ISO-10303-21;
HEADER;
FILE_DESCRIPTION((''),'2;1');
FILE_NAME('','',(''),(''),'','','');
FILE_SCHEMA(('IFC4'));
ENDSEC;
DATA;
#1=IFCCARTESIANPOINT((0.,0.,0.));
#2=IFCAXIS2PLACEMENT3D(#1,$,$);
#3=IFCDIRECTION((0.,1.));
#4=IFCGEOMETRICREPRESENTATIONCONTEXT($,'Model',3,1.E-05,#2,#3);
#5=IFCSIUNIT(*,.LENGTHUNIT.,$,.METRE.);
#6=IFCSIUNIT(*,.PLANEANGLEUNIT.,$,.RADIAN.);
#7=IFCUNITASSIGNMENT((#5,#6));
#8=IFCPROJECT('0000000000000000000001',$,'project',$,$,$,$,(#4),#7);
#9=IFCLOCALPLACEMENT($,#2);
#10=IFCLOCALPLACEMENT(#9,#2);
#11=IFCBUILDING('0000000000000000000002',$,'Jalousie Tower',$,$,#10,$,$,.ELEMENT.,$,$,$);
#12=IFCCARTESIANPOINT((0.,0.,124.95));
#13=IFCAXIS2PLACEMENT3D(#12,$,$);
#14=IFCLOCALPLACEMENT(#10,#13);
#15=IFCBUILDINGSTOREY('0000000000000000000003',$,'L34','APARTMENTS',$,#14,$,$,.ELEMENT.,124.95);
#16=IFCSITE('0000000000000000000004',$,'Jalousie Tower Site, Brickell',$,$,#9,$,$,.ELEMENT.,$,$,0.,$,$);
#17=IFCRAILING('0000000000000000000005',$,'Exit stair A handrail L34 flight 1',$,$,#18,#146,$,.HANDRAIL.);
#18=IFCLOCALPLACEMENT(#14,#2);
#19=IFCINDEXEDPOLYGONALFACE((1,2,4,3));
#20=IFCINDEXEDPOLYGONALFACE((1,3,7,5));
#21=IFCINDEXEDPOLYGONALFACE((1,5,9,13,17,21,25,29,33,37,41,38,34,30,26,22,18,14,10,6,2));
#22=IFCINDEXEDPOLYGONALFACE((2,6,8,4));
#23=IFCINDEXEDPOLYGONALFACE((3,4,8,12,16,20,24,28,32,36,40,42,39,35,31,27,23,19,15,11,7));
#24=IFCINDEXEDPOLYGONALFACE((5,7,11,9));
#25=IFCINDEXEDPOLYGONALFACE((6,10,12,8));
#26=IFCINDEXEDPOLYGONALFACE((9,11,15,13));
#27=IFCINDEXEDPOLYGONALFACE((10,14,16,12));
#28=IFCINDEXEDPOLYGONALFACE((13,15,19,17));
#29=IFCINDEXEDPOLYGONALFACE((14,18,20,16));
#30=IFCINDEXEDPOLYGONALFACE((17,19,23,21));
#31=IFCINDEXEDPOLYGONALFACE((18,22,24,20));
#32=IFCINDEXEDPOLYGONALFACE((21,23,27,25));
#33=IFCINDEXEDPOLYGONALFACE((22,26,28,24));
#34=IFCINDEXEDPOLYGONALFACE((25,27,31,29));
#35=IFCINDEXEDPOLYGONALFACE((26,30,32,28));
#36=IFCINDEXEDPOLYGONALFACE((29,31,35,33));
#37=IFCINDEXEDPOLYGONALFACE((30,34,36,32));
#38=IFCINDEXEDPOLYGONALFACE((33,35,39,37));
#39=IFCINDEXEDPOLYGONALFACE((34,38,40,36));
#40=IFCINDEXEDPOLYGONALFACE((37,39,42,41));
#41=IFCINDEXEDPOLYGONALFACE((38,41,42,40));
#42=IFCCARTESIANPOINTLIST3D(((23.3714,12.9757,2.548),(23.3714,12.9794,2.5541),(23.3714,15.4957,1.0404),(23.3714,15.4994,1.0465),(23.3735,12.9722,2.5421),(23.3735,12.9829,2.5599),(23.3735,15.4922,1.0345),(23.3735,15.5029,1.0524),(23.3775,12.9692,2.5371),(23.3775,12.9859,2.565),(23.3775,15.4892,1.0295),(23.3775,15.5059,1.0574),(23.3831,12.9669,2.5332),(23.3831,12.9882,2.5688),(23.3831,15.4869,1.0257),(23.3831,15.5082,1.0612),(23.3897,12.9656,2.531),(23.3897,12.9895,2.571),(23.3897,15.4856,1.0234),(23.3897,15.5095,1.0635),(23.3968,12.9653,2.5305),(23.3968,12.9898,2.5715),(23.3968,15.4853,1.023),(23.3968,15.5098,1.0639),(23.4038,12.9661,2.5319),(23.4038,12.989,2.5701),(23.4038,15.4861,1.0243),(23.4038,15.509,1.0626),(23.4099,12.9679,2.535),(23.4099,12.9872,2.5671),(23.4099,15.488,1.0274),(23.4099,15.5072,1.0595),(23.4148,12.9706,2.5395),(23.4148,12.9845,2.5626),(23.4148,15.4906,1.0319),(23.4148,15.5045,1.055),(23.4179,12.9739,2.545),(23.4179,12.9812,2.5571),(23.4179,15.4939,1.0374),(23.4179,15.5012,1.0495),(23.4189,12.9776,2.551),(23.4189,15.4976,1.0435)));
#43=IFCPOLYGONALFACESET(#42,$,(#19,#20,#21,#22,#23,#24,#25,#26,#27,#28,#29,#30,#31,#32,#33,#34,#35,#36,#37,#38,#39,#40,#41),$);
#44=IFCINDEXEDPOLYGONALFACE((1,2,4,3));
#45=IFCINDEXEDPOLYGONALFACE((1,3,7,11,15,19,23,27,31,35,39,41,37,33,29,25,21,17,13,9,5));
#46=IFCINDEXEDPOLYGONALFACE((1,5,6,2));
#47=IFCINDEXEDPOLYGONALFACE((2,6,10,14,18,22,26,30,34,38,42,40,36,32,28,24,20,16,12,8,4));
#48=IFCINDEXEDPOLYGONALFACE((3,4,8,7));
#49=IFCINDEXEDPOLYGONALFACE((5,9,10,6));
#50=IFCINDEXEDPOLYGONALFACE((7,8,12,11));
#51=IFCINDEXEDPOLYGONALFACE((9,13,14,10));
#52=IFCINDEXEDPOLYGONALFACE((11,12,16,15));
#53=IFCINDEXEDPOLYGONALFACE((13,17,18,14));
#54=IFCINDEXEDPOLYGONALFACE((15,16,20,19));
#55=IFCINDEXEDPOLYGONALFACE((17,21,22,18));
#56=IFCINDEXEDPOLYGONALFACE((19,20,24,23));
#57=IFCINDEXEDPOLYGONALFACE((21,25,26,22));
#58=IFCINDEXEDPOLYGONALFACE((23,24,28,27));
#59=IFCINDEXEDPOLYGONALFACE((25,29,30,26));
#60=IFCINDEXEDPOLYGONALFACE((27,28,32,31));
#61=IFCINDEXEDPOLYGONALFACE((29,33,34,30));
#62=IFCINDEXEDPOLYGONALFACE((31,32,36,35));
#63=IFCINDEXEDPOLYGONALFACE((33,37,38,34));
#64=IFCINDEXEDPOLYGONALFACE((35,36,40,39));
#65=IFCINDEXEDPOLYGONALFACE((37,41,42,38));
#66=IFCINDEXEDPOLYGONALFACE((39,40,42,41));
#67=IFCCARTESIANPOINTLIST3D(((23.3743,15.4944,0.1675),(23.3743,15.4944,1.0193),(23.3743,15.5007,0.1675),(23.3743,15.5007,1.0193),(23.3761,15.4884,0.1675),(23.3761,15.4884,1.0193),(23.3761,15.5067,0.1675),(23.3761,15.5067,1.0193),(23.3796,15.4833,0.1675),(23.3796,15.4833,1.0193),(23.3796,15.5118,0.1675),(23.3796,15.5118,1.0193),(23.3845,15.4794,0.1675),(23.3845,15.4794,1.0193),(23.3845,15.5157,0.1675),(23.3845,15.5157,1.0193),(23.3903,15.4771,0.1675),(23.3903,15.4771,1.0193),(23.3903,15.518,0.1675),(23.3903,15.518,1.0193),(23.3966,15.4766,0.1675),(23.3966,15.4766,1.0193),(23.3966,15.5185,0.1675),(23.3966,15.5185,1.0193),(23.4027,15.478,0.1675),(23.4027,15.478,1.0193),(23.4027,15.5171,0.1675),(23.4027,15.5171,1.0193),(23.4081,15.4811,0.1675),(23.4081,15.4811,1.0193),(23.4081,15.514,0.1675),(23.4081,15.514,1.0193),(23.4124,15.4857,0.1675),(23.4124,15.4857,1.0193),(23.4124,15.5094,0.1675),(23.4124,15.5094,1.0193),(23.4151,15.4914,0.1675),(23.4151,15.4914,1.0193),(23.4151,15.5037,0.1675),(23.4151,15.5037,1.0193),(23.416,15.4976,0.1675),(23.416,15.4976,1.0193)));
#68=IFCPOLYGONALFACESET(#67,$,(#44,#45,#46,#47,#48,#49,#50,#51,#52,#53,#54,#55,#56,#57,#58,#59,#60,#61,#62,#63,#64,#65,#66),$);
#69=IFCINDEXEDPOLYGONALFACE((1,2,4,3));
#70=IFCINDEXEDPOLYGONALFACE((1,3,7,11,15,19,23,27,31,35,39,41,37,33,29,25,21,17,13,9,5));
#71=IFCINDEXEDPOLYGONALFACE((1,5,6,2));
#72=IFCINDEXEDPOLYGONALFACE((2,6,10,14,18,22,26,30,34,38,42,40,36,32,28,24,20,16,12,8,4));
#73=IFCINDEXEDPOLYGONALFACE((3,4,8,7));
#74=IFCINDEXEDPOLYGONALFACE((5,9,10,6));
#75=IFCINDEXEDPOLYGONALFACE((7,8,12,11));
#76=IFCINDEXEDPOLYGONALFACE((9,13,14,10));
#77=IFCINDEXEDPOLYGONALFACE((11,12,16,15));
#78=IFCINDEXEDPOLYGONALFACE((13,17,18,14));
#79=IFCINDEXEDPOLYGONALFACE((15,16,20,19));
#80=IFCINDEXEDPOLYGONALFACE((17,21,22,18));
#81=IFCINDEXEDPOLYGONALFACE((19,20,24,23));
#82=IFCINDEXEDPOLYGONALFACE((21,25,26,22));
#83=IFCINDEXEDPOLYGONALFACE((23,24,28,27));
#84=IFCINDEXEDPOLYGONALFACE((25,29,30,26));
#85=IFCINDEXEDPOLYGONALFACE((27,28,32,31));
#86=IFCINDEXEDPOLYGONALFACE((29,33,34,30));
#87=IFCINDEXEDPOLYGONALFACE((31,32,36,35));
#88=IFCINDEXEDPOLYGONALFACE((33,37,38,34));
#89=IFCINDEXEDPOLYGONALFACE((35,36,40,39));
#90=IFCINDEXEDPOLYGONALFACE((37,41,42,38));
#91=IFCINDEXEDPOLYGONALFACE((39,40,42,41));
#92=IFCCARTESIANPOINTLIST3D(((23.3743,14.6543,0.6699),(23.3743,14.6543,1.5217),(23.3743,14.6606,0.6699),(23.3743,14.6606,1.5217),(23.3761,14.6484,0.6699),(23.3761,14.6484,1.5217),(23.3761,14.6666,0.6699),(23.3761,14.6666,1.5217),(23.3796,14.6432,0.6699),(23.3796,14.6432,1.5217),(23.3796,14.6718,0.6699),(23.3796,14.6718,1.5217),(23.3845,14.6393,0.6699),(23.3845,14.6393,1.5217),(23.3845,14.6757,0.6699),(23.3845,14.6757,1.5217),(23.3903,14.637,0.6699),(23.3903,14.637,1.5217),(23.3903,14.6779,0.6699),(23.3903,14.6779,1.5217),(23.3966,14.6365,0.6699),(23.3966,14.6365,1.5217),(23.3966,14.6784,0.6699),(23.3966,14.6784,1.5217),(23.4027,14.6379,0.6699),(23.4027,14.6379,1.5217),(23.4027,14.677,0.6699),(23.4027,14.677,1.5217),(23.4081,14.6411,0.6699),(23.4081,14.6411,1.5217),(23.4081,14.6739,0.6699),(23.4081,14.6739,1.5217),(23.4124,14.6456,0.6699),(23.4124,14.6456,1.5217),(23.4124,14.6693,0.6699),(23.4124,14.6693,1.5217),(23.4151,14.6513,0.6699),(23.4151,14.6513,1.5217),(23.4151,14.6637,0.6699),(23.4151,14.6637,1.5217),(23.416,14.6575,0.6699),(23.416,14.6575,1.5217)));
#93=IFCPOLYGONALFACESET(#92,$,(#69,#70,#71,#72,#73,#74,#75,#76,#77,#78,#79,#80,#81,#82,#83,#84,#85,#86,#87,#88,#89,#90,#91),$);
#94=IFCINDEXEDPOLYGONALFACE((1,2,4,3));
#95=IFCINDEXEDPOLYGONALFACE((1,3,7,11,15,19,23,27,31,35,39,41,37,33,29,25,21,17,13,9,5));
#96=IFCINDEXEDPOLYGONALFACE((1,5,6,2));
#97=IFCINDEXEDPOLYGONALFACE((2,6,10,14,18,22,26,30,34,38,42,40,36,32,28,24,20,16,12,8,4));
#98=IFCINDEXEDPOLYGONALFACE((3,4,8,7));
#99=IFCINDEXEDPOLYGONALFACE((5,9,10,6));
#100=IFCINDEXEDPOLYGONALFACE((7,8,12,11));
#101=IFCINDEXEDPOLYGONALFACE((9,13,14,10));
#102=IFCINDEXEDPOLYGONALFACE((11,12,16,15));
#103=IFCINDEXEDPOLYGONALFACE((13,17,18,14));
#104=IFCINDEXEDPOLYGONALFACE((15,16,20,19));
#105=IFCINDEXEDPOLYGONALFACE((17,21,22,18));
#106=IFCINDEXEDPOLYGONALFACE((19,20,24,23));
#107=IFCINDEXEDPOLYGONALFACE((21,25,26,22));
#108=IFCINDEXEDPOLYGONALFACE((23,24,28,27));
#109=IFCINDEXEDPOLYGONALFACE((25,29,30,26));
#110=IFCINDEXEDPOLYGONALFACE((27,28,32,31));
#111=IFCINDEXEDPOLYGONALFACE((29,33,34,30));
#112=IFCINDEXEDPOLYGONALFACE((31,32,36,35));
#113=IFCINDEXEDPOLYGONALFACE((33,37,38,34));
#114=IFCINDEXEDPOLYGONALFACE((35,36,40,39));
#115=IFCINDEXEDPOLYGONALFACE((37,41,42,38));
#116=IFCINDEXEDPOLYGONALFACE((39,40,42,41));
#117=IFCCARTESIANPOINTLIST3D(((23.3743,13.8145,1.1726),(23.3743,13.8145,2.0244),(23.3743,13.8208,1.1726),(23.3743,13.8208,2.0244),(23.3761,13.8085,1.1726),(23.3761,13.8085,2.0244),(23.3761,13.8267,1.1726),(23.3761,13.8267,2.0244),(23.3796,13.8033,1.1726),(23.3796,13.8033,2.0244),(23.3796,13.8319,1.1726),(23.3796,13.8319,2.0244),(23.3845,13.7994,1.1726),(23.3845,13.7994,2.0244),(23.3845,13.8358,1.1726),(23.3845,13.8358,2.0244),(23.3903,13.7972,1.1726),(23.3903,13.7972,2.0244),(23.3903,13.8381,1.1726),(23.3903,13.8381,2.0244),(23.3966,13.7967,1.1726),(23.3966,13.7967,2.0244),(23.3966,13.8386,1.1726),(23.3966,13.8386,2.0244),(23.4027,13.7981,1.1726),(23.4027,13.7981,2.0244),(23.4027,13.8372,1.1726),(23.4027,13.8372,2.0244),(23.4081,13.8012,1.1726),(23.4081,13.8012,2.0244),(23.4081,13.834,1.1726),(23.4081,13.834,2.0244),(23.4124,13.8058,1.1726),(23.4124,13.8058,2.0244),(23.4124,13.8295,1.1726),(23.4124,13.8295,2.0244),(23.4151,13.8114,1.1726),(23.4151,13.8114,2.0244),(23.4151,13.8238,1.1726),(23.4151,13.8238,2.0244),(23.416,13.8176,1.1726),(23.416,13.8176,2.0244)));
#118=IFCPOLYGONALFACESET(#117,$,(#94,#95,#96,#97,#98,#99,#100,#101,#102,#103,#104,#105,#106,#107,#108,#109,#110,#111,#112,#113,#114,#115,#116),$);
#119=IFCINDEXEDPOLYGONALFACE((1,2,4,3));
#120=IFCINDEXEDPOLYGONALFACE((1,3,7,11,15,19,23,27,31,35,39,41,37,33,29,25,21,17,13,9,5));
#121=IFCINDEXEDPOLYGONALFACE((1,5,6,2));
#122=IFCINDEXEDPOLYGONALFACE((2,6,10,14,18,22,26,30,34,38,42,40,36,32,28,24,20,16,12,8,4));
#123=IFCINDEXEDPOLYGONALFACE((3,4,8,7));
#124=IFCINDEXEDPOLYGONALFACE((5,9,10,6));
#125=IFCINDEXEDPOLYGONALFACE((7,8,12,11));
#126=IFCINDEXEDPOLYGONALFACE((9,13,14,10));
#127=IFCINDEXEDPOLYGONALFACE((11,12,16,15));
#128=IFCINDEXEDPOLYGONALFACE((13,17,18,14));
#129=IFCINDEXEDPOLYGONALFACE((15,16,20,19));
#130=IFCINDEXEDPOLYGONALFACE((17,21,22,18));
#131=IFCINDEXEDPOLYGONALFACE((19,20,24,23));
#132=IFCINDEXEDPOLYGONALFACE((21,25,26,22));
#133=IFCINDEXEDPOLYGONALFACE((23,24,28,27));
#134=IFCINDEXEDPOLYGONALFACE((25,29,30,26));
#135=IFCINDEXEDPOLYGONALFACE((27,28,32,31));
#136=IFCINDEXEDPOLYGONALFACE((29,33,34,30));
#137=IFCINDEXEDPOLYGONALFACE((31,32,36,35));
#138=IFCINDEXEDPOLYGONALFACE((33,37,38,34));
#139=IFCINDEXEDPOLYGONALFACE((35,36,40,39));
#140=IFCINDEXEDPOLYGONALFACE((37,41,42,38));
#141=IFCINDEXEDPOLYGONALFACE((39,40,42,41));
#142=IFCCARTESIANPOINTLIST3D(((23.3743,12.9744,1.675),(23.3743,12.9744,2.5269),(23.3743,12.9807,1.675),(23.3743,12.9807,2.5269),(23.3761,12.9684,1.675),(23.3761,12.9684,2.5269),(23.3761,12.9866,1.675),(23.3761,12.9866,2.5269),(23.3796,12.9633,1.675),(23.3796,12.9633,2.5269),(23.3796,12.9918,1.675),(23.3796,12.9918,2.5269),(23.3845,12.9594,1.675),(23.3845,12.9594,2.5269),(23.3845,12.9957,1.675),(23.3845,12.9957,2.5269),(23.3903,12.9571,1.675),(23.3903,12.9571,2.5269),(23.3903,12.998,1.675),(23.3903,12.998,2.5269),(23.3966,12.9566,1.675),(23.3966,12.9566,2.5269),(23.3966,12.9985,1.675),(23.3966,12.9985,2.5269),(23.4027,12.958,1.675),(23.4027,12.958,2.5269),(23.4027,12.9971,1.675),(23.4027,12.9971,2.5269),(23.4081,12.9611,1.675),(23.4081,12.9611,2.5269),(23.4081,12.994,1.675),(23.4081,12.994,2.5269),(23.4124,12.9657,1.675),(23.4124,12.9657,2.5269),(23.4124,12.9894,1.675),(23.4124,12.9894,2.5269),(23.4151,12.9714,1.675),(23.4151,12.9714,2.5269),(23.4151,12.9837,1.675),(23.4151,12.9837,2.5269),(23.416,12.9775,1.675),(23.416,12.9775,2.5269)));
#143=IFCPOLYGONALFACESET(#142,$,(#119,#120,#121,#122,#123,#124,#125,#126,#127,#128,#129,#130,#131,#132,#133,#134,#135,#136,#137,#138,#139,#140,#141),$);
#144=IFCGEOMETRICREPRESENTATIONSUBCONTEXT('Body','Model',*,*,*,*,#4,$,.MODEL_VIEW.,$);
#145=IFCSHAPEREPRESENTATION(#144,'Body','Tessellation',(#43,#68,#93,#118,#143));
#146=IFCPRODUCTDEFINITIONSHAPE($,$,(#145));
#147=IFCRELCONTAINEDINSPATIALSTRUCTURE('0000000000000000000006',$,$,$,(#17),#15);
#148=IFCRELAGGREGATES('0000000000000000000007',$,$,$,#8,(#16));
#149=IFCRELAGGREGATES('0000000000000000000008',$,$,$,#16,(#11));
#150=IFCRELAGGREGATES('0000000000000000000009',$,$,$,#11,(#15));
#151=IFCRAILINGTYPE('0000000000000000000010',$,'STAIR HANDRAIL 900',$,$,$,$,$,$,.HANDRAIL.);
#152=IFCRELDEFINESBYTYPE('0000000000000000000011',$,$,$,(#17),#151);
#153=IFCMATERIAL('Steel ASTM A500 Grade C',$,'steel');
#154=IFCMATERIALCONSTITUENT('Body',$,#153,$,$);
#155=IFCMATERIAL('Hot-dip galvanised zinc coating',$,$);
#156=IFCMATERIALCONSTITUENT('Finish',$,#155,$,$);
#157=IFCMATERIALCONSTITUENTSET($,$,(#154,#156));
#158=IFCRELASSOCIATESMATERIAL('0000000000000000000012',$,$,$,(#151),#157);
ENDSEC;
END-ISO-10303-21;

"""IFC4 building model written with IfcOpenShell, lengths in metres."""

from ifc_helpers import new_model, si_unit, direction, frame, origin, origin_2d, place, context, subcontext, project, spatial, circle, extrude, material, constituent, constituent_set, type_object, element, save


model = new_model("IFC4")

# Units and contexts
model_context = context("Model", 3, precision=1e-05, world=origin(), true_north=direction((0.0, 1.0)))
body_context = subcontext(model_context, "Body", "Model", "MODEL_VIEW")
ifc_project = project(units=[si_unit("LENGTHUNIT", "METRE"), si_unit("PLANEANGLEUNIT", "RADIAN")], contexts=[model_context])

# Site, building, storey
site_placement = place(None, origin())
site = spatial("IfcSite", under=ifc_project, at=site_placement, Name="Jalousie Tower Site, Brickell", CompositionType="ELEMENT", RefElevation=0.0)
building_placement = place(site_placement, origin())
building = spatial("IfcBuilding", under=site, at=building_placement, Name="Jalousie Tower", CompositionType="ELEMENT")
storey_placement = place(building_placement, frame((0.0, 0.0, 124.95)))
storey = spatial("IfcBuildingStorey", under=building, at=storey_placement, Name="L34", Description="APARTMENTS", CompositionType="ELEMENT", Elevation=124.95)

# Railing
ifc_material_1 = material(Name="Steel ASTM A500 Grade C", Category="steel")
ifc_constituent_1 = constituent(ifc_material_1, Name="Body")
ifc_material_2 = material(Name="Hot-dip galvanised zinc coating")
ifc_constituent_2 = constituent(ifc_material_2, Name="Finish")
ifc_constituent_set_1 = constituent_set(constituents=[ifc_constituent_1, ifc_constituent_2])
railing_type_1 = type_object("IfcRailingType", Name="STAIR HANDRAIL 900", PredefinedType="HANDRAIL", material=ifc_constituent_set_1)
railing_1_placement = place(storey_placement, frame((23.395, 15.4976, 0.1675)))
element("IfcRailing", 1, at=railing_1_placement, inside=storey, type_object=railing_type_1, Name="Exit stair A handrail L34 flight 1", PredefinedType="HANDRAIL", context=body_context, shape_type="SweptSolid", body=[
    extrude(circle(Radius=0.0239, at=origin_2d()), frame((0.0, 0.0, 0.876), z_axis=(0.0, -0.85816, 0.513383), x_axis=(1.0, 0.0, 0.0)), (0.0, 0.0, 1.0), 2.9365),
    extrude(circle(Radius=0.021, at=origin_2d()), origin(), (0.0, 0.0, 1.0), 0.8518),
    extrude(circle(Radius=0.021, at=origin_2d()), frame((0.0, -0.8401, 0.5024)), (0.0, 0.0, 1.0), 0.8518),
    extrude(circle(Radius=0.021, at=origin_2d()), frame((0.0, -1.6799, 1.0051)), (0.0, 0.0, 1.0), 0.8518),
    extrude(circle(Radius=0.021, at=origin_2d()), frame((0.0, -2.52, 1.5076)), (0.0, 0.0, 1.0), 0.8518),
])

save(model, "model.ifc")
